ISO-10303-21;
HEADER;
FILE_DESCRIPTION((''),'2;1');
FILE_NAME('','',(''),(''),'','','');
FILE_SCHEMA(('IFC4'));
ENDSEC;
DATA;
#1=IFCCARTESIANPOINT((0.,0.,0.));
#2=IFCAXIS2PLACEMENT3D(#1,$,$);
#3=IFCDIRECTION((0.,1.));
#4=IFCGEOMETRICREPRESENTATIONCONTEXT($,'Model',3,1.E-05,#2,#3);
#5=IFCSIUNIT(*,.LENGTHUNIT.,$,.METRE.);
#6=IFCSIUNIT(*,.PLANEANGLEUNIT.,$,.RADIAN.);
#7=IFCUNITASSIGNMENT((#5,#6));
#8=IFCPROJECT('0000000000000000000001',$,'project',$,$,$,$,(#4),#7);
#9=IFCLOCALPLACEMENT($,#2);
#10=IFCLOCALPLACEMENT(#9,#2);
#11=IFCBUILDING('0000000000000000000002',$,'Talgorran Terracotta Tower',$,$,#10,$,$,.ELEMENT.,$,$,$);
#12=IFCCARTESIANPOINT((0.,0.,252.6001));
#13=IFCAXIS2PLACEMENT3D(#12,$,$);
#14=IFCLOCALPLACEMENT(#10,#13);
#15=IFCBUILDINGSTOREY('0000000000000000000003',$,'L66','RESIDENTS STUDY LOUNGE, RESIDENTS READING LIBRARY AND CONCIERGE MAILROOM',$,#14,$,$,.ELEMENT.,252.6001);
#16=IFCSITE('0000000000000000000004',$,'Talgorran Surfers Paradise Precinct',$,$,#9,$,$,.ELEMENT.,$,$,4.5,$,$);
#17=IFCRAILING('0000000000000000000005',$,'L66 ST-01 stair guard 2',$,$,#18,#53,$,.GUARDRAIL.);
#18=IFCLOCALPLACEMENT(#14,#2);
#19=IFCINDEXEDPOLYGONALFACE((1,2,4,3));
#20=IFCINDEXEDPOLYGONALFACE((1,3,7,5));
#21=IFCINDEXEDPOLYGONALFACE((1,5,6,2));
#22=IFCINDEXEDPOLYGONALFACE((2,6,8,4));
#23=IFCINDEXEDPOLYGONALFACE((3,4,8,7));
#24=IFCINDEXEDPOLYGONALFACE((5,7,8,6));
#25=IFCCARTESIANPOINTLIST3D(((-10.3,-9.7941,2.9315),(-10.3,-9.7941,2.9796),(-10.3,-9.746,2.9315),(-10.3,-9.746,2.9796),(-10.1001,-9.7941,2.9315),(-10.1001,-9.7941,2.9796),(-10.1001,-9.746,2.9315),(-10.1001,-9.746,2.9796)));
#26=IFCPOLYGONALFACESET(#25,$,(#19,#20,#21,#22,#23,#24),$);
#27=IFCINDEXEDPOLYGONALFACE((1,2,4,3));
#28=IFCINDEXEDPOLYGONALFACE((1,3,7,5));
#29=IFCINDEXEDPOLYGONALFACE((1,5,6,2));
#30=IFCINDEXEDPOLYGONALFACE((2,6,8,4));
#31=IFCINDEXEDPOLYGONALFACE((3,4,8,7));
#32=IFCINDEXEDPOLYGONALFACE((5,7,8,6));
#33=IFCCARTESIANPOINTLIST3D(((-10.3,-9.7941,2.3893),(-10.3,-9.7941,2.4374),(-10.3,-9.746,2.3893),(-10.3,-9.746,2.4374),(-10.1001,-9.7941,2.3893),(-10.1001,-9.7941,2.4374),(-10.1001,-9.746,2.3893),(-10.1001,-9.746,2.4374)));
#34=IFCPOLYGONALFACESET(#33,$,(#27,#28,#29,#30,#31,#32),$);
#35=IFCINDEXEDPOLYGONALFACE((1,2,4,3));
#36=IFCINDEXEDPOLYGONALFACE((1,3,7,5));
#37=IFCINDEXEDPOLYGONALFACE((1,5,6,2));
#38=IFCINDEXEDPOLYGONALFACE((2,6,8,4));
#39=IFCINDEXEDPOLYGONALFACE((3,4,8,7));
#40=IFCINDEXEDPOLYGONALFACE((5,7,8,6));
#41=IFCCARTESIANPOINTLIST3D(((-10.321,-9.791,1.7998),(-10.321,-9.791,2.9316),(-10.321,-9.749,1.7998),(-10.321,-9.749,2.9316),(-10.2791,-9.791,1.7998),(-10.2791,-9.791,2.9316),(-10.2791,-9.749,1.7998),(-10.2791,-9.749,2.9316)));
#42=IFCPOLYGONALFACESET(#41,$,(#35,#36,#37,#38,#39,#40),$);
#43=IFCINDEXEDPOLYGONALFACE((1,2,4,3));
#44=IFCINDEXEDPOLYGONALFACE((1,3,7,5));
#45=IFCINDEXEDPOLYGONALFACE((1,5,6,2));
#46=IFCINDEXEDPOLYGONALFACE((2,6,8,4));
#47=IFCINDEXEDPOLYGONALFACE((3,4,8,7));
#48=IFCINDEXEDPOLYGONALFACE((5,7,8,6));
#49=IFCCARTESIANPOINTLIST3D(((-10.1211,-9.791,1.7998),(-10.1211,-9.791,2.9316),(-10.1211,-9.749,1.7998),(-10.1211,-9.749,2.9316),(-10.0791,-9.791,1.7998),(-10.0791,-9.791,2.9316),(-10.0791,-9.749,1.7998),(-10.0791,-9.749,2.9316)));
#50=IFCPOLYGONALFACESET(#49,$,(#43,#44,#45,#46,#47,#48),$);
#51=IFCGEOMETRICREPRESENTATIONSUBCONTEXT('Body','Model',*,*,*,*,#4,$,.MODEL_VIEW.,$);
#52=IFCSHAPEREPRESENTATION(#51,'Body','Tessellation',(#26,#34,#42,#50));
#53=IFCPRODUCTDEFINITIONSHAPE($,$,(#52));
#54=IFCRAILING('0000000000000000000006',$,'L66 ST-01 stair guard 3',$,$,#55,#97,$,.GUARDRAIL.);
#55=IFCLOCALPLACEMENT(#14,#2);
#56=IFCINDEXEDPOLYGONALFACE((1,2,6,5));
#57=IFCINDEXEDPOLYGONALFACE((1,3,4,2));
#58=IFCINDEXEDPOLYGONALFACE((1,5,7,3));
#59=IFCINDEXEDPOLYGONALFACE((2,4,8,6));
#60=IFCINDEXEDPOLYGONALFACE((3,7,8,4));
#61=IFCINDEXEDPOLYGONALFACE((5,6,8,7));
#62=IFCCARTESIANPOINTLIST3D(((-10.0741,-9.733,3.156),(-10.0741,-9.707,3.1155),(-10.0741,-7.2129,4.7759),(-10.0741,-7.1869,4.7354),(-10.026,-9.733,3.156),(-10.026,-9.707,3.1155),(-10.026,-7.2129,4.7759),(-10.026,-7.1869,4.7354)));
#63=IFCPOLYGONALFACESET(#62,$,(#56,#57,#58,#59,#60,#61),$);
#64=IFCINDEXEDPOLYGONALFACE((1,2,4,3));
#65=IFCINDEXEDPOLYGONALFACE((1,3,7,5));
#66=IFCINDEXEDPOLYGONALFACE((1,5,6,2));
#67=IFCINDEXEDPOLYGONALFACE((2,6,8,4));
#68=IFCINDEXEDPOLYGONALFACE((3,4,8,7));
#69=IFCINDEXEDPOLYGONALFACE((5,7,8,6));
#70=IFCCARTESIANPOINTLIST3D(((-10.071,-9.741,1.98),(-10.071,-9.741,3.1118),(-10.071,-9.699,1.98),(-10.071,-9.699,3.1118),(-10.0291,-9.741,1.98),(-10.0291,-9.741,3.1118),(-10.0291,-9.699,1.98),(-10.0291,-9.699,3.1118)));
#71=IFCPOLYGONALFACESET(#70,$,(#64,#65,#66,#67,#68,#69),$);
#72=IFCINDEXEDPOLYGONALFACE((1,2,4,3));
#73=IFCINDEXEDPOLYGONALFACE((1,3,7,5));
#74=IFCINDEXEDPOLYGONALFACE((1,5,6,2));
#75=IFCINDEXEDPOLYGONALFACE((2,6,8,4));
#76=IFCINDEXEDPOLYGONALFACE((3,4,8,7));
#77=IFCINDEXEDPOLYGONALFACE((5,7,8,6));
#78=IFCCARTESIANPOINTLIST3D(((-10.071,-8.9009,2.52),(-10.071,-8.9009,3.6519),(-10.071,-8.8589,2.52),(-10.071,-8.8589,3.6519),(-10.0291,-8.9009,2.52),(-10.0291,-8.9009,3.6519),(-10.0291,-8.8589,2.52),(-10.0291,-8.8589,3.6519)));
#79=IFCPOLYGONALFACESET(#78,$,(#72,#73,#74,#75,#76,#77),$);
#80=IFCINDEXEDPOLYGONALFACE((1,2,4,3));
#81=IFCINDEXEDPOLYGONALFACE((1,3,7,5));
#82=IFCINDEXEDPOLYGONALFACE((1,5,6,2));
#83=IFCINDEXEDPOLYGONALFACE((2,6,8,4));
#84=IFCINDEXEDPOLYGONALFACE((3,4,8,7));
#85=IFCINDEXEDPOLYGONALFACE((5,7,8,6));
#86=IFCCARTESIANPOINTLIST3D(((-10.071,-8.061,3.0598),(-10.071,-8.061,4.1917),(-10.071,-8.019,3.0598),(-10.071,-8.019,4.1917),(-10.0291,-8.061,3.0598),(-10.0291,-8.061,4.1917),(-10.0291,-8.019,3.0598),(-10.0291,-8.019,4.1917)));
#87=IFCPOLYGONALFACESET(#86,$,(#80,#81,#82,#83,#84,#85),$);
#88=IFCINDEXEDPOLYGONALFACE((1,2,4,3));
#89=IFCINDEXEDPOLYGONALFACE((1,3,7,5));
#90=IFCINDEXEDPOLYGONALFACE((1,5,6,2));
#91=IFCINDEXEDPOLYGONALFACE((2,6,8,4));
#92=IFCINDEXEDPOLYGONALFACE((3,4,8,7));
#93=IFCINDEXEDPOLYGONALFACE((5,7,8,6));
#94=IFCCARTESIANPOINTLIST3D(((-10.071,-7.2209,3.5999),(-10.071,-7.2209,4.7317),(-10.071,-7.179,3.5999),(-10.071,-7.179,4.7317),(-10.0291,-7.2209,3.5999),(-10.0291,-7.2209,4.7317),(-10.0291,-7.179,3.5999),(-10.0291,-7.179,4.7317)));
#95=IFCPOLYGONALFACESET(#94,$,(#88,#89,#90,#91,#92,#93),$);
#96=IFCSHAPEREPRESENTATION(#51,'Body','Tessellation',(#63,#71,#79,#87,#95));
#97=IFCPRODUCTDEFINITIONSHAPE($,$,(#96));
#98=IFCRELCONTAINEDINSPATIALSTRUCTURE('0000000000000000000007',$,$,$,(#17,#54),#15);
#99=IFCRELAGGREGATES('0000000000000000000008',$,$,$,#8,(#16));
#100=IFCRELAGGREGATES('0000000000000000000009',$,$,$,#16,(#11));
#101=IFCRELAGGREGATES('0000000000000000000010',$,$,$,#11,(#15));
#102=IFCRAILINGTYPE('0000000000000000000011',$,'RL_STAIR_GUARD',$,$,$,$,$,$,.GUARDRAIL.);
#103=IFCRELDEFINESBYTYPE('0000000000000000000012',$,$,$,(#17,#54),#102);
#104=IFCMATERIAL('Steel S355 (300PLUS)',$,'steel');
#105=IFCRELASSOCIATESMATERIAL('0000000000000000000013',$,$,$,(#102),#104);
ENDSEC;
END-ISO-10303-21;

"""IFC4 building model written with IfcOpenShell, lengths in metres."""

from ifc_helpers import new_model, si_unit, direction, frame, origin, origin_2d, place, context, subcontext, project, spatial, rectangle, extrude, material, type_object, element, save


model = new_model("IFC4")

# Units and contexts
model_context = context("Model", 3, precision=1e-05, world=origin(), true_north=direction((0.0, 1.0)))
body_context = subcontext(model_context, "Body", "Model", "MODEL_VIEW")
ifc_project = project(units=[si_unit("LENGTHUNIT", "METRE"), si_unit("PLANEANGLEUNIT", "RADIAN")], contexts=[model_context])

# Site, building, storey
site_placement = place(None, origin())
site = spatial("IfcSite", under=ifc_project, at=site_placement, Name="Talgorran Surfers Paradise Precinct", CompositionType="ELEMENT", RefElevation=4.5)
building_placement = place(site_placement, origin())
building = spatial("IfcBuilding", under=site, at=building_placement, Name="Talgorran Terracotta Tower", CompositionType="ELEMENT")
storey_placement = place(building_placement, frame((0.0, 0.0, 252.6001)))
storey = spatial("IfcBuildingStorey", under=building, at=storey_placement, Name="L66", Description="RESIDENTS STUDY LOUNGE, RESIDENTS READING LIBRARY AND CONCIERGE MAILROOM", CompositionType="ELEMENT", Elevation=252.6001)

# Shared definitions
ifc_material_1 = material(Name="Steel S355 (300PLUS)", Category="steel")

# Railings
railing_type = type_object("IfcRailingType", Name="RL_STAIR_GUARD", PredefinedType="GUARDRAIL", material=ifc_material_1)
railing_1_placement = place(storey_placement, frame((-10.3, -9.77, 1.7998)))
element("IfcRailing", 1, at=railing_1_placement, inside=storey, type_object=railing_type, Name="L66 ST-01 stair guard 2", PredefinedType="GUARDRAIL", context=body_context, shape_type="SweptSolid", body=[
    extrude(rectangle(XDim=0.0481, YDim=0.0481, at=origin_2d()), frame((0.0, 0.0, 1.1558), z_axis=(1.0, 0.0, 0.0), x_axis=(0.0, 1.0, 0.0)), (0.0, 0.0, 1.0), 0.2),
    extrude(rectangle(XDim=0.0481, YDim=0.0481, at=origin_2d()), frame((0.0, 0.0, 0.6135), z_axis=(1.0, 0.0, 0.0), x_axis=(0.0, 1.0, 0.0)), (0.0, 0.0, 1.0), 0.2),
    extrude(rectangle(XDim=0.042, YDim=0.042, at=origin_2d()), origin(), (0.0, 0.0, 1.0), 1.1318),
    extrude(rectangle(XDim=0.042, YDim=0.042, at=origin_2d()), frame((0.2, 0.0, 0.0)), (0.0, 0.0, 1.0), 1.1318),
])
railing_2_placement = place(storey_placement, frame((-10.05, -9.72, 1.98)))
element("IfcRailing", 2, at=railing_2_placement, inside=storey, type_object=railing_type, Name="L66 ST-01 stair guard 3", PredefinedType="GUARDRAIL", context=body_context, shape_type="SweptSolid", body=[
    extrude(rectangle(XDim=0.0481, YDim=0.0481, at=origin_2d()), frame((0.0, 0.0, 1.1558), z_axis=(0.0, 0.8412, 0.540725), x_axis=(-1.0, 0.0, 0.0)), (0.0, 0.0, 1.0), 2.9958),
    extrude(rectangle(XDim=0.042, YDim=0.042, at=origin_2d()), origin(), (0.0, 0.0, 1.0), 1.1318),
    extrude(rectangle(XDim=0.042, YDim=0.042, at=origin_2d()), frame((0.0, 0.8401, 0.54)), (0.0, 0.0, 1.0), 1.1318),
    extrude(rectangle(XDim=0.042, YDim=0.042, at=origin_2d()), frame((0.0, 1.6799, 1.0798)), (0.0, 0.0, 1.0), 1.1318),
    extrude(rectangle(XDim=0.042, YDim=0.042, at=origin_2d()), frame((0.0, 2.52, 1.6199)), (0.0, 0.0, 1.0), 1.1318),
])

save(model, "model.ifc")
